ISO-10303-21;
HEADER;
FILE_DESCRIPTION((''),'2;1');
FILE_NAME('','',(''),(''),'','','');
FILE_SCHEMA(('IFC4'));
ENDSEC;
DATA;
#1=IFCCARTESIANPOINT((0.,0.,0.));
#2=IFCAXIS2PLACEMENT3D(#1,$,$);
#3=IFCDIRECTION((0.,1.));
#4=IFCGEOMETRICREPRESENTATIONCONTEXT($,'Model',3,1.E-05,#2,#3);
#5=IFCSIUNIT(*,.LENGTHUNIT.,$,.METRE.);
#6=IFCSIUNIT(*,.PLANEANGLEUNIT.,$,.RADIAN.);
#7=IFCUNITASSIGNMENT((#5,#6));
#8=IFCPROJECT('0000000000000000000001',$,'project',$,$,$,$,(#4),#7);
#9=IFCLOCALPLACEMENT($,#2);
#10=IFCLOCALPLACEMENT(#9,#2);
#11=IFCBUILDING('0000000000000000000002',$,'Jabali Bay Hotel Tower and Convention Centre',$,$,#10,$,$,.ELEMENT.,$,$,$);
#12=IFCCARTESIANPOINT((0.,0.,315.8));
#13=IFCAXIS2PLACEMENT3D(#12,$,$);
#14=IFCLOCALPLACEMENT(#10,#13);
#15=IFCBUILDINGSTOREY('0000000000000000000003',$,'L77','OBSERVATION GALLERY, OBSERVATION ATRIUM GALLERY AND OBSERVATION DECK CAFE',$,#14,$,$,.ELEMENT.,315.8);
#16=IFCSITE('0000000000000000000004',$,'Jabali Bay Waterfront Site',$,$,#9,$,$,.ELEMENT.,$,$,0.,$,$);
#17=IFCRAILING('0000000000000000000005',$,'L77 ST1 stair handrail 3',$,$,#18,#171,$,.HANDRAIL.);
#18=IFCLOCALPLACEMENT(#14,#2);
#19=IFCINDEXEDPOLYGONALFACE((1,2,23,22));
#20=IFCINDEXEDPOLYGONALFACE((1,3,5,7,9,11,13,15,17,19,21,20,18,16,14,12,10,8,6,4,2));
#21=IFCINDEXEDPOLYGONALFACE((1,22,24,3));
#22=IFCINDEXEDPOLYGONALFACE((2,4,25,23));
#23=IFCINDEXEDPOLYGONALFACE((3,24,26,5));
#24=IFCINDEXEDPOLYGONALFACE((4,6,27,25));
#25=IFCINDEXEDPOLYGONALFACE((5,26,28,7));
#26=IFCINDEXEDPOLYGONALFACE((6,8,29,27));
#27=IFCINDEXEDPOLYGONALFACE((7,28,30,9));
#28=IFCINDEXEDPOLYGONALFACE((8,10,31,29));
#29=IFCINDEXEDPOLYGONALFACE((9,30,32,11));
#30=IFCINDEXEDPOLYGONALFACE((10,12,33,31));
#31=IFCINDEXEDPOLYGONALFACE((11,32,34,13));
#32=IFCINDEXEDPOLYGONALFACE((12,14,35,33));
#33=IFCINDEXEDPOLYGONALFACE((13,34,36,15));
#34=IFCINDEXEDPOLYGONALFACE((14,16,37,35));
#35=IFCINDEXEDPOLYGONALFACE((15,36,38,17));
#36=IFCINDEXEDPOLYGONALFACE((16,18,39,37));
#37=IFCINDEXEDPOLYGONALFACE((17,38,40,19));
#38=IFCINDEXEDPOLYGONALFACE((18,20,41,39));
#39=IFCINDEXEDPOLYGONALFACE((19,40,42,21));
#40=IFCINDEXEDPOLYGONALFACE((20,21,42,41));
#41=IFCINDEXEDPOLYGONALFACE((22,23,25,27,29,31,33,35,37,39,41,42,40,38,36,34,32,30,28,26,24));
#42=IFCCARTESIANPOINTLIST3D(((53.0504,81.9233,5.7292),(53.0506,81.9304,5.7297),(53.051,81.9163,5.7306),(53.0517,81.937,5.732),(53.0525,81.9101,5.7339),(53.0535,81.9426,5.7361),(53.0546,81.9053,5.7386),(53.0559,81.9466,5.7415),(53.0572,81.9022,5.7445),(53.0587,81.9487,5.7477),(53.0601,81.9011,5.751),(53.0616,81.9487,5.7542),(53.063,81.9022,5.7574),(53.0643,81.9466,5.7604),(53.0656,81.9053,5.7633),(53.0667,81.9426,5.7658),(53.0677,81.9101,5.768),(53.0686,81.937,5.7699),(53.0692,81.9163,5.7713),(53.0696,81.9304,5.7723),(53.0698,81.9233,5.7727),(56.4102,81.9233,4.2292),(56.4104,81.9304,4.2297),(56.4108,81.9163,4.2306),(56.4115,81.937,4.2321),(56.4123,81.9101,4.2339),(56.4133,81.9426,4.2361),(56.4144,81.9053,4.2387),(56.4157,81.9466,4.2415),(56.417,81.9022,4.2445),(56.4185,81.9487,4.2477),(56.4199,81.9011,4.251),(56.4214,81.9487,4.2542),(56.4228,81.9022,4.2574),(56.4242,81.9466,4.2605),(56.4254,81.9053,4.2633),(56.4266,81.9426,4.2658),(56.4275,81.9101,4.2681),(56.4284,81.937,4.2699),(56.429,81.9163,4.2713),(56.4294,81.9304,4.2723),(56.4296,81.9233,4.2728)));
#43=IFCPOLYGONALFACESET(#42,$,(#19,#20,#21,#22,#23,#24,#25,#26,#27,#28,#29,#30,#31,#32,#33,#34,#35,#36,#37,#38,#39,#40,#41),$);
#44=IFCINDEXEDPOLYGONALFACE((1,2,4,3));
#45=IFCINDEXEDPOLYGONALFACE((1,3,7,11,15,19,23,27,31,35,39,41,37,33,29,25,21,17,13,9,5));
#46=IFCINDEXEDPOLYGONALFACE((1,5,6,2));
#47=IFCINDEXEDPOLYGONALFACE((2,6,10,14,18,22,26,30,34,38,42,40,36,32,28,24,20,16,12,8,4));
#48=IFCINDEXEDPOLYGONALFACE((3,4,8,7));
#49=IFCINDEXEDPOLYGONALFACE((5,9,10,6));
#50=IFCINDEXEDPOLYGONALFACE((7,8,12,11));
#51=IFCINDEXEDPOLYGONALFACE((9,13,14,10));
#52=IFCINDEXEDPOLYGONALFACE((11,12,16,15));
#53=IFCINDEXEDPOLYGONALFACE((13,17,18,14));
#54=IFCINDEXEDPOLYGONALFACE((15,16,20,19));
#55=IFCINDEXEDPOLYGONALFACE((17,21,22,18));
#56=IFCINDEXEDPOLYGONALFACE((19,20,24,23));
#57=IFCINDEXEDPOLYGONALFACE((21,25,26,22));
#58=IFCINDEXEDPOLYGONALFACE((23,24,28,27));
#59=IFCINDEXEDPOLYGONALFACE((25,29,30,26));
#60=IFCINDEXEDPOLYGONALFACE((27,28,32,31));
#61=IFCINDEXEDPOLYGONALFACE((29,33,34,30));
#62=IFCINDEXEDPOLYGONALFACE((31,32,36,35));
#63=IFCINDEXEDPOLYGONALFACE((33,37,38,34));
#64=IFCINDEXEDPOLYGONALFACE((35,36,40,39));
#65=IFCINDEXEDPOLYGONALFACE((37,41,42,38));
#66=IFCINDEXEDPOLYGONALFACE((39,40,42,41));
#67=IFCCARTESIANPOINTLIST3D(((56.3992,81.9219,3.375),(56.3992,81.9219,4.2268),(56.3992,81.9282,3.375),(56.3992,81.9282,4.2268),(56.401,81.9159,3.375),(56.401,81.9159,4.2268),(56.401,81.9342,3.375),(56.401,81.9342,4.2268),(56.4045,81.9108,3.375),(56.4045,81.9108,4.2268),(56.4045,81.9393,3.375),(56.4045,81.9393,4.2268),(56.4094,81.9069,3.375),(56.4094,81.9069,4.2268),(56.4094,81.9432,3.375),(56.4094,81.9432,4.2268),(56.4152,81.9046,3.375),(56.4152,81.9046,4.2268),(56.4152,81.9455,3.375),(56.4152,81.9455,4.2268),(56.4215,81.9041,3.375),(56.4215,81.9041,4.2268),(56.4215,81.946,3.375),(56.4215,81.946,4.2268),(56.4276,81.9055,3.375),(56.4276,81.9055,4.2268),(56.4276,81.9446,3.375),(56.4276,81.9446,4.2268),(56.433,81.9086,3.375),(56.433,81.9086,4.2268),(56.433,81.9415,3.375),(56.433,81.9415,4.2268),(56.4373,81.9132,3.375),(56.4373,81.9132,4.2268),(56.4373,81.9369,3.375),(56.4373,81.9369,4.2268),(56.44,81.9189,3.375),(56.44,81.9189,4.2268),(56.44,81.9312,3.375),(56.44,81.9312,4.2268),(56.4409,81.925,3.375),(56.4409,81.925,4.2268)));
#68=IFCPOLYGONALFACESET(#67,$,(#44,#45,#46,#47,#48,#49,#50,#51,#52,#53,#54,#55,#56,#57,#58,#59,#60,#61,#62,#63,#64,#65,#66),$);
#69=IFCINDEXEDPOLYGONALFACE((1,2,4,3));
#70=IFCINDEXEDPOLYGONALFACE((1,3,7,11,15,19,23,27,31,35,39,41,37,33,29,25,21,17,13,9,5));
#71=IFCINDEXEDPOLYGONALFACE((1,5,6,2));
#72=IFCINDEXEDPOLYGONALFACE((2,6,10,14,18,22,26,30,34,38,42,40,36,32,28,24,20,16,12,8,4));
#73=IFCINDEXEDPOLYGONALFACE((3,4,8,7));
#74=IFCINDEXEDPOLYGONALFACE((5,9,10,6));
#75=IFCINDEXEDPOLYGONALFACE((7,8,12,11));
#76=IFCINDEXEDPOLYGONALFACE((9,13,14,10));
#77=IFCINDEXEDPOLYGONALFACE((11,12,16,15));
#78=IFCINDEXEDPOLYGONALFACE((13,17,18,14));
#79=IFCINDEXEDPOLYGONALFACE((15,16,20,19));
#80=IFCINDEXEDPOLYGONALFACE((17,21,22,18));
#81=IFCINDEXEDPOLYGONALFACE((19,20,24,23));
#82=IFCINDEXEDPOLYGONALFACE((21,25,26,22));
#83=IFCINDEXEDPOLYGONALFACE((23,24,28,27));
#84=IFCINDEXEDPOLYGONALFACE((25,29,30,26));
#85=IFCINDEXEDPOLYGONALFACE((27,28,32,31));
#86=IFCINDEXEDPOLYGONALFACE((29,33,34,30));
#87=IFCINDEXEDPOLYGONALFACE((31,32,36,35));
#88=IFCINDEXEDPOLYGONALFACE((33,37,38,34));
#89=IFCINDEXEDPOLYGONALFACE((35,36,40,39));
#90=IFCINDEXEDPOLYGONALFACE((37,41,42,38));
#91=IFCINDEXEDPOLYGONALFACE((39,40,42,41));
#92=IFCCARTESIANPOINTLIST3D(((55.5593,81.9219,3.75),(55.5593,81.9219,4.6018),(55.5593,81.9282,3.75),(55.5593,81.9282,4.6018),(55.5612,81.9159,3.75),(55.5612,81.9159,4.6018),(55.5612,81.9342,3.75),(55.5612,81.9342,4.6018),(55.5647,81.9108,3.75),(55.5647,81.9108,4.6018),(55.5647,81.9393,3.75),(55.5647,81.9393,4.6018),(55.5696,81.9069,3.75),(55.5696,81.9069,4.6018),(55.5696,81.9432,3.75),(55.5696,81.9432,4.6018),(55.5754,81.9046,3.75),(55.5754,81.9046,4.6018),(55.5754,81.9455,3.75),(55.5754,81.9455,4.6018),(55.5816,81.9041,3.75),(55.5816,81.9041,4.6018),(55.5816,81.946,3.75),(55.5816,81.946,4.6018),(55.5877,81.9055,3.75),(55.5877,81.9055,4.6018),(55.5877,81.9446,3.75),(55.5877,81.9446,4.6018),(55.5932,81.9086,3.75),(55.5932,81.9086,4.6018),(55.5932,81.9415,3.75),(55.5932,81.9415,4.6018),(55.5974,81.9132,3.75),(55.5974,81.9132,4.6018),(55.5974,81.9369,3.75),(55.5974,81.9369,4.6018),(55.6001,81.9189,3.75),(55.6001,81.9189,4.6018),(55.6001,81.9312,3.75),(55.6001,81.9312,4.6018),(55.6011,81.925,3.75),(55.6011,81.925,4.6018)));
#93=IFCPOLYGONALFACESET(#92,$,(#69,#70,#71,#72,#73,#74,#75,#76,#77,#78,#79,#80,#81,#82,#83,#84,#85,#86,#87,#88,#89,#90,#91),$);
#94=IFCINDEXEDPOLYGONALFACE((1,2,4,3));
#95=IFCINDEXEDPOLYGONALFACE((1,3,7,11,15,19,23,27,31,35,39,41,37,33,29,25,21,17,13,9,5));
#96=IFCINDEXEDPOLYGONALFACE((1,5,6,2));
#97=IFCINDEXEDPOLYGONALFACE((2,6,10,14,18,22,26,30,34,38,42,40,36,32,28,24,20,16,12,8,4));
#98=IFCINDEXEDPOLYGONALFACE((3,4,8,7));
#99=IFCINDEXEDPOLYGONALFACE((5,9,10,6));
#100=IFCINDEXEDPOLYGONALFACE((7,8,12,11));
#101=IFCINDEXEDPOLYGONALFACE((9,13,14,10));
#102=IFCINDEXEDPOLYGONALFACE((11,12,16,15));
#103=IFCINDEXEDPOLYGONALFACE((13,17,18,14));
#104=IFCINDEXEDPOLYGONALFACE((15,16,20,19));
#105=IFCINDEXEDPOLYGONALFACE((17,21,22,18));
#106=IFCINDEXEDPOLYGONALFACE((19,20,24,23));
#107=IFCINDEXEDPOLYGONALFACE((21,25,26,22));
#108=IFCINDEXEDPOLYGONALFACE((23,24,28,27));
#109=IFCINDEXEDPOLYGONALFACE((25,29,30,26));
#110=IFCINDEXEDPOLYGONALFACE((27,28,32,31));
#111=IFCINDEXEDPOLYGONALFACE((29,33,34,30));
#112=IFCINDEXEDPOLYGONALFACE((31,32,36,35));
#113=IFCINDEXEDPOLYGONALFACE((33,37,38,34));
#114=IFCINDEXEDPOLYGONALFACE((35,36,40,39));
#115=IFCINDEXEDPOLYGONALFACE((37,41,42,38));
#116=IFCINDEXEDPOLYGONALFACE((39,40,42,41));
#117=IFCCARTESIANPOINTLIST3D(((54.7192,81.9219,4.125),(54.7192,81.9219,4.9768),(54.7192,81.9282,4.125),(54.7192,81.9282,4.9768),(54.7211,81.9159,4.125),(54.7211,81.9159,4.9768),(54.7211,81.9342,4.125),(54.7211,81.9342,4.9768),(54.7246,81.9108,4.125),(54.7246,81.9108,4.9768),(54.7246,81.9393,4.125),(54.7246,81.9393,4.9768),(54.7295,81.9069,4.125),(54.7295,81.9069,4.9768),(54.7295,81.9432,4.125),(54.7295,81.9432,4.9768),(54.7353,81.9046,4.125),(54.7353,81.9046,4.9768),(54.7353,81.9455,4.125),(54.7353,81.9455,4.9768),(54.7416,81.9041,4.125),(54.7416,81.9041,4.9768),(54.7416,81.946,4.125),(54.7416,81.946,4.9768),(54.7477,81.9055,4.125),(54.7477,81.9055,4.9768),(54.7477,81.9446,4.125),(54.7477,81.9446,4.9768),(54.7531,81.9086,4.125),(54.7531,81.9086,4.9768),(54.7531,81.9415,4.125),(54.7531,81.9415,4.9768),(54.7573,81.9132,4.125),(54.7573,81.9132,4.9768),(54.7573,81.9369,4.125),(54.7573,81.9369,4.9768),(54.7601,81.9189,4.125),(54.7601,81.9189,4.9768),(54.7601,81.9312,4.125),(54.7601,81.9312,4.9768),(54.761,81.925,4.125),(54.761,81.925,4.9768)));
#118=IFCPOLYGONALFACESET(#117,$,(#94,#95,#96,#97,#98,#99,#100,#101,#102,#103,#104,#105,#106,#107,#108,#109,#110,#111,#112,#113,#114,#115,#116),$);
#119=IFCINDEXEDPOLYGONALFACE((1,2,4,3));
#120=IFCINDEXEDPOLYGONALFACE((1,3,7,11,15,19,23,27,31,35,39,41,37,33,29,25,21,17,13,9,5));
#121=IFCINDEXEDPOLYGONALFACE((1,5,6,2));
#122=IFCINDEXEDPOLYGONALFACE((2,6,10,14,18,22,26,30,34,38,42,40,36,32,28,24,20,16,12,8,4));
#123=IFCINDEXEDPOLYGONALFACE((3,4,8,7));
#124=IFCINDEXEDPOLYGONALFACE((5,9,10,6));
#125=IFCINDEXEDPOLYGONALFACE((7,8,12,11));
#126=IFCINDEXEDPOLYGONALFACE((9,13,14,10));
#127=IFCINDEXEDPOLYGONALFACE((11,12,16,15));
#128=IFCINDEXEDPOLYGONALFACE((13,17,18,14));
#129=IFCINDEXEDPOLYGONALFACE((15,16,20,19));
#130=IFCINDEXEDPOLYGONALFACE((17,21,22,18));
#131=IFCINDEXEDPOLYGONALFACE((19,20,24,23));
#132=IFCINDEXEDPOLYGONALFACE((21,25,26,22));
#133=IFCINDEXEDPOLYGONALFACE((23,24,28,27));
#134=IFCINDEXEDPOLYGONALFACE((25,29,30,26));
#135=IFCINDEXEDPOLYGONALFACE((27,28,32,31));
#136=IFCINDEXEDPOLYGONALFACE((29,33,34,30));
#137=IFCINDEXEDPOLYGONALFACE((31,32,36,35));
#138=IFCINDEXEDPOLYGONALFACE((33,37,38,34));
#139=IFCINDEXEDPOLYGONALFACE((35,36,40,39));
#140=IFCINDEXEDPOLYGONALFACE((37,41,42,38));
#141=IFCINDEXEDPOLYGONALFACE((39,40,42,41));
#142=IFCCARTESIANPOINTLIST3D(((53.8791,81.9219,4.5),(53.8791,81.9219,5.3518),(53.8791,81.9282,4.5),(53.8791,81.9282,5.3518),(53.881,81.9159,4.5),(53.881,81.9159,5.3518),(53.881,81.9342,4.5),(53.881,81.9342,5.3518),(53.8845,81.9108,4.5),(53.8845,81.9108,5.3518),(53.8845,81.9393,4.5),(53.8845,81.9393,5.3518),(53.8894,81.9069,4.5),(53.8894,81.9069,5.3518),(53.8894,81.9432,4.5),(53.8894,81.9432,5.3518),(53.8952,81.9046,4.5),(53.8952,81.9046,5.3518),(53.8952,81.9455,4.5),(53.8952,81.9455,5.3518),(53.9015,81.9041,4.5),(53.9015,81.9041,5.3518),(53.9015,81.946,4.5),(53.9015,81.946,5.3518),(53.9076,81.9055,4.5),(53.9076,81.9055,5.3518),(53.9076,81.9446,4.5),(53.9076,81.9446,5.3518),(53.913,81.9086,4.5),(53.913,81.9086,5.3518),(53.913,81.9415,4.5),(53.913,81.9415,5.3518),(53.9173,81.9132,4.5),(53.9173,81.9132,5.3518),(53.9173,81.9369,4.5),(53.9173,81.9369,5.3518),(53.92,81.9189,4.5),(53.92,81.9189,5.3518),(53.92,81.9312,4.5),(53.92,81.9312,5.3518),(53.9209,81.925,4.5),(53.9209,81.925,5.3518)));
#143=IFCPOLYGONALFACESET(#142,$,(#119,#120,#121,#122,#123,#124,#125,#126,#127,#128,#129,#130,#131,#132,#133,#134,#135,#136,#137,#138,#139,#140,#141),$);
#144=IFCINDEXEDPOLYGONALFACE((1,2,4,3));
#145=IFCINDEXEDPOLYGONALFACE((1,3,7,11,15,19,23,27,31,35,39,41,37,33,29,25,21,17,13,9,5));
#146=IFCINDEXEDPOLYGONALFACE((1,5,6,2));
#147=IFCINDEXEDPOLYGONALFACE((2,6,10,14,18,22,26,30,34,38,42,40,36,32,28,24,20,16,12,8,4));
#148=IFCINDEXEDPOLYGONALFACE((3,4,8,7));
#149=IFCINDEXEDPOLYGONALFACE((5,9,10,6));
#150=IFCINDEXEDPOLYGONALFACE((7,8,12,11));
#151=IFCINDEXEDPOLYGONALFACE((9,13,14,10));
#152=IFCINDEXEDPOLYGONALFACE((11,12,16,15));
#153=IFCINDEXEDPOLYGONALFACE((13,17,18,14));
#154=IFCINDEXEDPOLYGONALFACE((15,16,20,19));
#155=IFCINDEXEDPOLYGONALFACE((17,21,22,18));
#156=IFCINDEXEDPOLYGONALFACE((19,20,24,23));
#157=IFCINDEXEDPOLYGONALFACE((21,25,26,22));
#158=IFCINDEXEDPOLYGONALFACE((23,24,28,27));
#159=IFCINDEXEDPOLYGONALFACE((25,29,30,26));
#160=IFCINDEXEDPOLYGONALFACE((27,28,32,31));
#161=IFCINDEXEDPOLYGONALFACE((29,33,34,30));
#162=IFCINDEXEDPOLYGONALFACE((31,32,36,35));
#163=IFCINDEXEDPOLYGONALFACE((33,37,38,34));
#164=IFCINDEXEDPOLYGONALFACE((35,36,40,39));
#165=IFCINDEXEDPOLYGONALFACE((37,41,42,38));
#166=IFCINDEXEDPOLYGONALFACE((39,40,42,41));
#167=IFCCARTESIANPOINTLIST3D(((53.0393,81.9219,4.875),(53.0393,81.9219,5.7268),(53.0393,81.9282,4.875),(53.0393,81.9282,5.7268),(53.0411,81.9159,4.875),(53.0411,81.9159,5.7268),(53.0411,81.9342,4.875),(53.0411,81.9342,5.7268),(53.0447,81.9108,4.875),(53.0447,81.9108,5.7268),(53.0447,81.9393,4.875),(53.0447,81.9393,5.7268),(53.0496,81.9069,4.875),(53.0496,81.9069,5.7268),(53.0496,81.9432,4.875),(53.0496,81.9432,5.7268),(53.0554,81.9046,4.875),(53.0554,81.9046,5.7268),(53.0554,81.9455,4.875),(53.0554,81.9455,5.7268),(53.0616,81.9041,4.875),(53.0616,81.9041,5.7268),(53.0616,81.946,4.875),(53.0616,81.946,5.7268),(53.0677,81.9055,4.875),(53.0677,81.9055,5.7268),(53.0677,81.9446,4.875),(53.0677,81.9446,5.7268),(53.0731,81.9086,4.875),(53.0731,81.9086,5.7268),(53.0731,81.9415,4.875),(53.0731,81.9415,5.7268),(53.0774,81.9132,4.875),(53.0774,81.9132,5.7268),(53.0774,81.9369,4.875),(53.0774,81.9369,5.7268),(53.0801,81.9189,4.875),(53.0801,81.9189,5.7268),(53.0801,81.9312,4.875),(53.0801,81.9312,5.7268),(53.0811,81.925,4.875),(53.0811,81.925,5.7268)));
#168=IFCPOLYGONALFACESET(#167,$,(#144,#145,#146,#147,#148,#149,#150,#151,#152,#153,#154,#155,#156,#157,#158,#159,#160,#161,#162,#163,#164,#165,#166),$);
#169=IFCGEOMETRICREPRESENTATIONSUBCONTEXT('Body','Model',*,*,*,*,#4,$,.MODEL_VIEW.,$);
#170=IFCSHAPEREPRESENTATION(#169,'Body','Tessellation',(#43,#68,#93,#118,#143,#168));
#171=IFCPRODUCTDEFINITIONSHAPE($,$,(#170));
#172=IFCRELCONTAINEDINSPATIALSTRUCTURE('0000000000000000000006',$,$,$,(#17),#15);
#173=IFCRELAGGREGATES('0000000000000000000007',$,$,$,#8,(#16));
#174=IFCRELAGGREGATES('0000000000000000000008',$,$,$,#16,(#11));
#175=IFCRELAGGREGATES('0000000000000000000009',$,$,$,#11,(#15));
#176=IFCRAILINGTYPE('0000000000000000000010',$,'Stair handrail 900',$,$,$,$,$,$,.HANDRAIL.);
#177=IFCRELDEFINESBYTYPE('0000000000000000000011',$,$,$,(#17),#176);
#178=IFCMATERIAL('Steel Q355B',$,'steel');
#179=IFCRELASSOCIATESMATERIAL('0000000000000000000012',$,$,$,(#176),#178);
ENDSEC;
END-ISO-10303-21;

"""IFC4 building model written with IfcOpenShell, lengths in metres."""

from ifc_helpers import new_model, si_unit, direction, frame, origin, origin_2d, place, context, subcontext, project, spatial, circle, extrude, material, type_object, element, save


model = new_model("IFC4")

# Units and contexts
model_context = context("Model", 3, precision=1e-05, world=origin(), true_north=direction((0.0, 1.0)))
body_context = subcontext(model_context, "Body", "Model", "MODEL_VIEW")
ifc_project = project(units=[si_unit("LENGTHUNIT", "METRE"), si_unit("PLANEANGLEUNIT", "RADIAN")], contexts=[model_context])

# Site, building, storey
site_placement = place(None, origin())
site = spatial("IfcSite", under=ifc_project, at=site_placement, Name="Jabali Bay Waterfront Site", CompositionType="ELEMENT", RefElevation=0.0)
building_placement = place(site_placement, origin())
building = spatial("IfcBuilding", under=site, at=building_placement, Name="Jabali Bay Hotel Tower and Convention Centre", CompositionType="ELEMENT")
storey_placement = place(building_placement, frame((0.0, 0.0, 315.8)))
storey = spatial("IfcBuildingStorey", under=building, at=storey_placement, Name="L77", Description="OBSERVATION GALLERY, OBSERVATION ATRIUM GALLERY AND OBSERVATION DECK CAFE", CompositionType="ELEMENT", Elevation=315.8)

# Railing
ifc_material_1 = material(Name="Steel Q355B", Category="steel")
railing_type_1 = type_object("IfcRailingType", Name="Stair handrail 900", PredefinedType="HANDRAIL", material=ifc_material_1)
for number, where, name in (
    (1, (56.4199, 81.925, 3.375), "L77 ST1 stair handrail 3"),
):
    element("IfcRailing", number, at=place(storey_placement, frame(where)), inside=storey, type_object=railing_type_1, Name=name, PredefinedType="HANDRAIL", context=body_context, shape_type="SweptSolid", body=[
        extrude(circle(Radius=0.0239, at=origin_2d()), frame((0.0, 0.0, 0.876), z_axis=(-0.913132, 0.0, 0.407665), x_axis=(0.0, -1.0, 0.0)), (0.0, 0.0, 1.0), 3.6794),
        extrude(circle(Radius=0.021, at=origin_2d()), origin(), (0.0, 0.0, 1.0), 0.8518),
        extrude(circle(Radius=0.021, at=origin_2d()), frame((-0.8398, 0.0, 0.375)), (0.0, 0.0, 1.0), 0.8518),
        extrude(circle(Radius=0.021, at=origin_2d()), frame((-1.6799, 0.0, 0.75)), (0.0, 0.0, 1.0), 0.8518),
        extrude(circle(Radius=0.021, at=origin_2d()), frame((-2.52, 0.0, 1.125)), (0.0, 0.0, 1.0), 0.8518),
        extrude(circle(Radius=0.021, at=origin_2d()), frame((-3.3599, 0.0, 1.5)), (0.0, 0.0, 1.0), 0.8518),
    ])

save(model, "model.ifc")
